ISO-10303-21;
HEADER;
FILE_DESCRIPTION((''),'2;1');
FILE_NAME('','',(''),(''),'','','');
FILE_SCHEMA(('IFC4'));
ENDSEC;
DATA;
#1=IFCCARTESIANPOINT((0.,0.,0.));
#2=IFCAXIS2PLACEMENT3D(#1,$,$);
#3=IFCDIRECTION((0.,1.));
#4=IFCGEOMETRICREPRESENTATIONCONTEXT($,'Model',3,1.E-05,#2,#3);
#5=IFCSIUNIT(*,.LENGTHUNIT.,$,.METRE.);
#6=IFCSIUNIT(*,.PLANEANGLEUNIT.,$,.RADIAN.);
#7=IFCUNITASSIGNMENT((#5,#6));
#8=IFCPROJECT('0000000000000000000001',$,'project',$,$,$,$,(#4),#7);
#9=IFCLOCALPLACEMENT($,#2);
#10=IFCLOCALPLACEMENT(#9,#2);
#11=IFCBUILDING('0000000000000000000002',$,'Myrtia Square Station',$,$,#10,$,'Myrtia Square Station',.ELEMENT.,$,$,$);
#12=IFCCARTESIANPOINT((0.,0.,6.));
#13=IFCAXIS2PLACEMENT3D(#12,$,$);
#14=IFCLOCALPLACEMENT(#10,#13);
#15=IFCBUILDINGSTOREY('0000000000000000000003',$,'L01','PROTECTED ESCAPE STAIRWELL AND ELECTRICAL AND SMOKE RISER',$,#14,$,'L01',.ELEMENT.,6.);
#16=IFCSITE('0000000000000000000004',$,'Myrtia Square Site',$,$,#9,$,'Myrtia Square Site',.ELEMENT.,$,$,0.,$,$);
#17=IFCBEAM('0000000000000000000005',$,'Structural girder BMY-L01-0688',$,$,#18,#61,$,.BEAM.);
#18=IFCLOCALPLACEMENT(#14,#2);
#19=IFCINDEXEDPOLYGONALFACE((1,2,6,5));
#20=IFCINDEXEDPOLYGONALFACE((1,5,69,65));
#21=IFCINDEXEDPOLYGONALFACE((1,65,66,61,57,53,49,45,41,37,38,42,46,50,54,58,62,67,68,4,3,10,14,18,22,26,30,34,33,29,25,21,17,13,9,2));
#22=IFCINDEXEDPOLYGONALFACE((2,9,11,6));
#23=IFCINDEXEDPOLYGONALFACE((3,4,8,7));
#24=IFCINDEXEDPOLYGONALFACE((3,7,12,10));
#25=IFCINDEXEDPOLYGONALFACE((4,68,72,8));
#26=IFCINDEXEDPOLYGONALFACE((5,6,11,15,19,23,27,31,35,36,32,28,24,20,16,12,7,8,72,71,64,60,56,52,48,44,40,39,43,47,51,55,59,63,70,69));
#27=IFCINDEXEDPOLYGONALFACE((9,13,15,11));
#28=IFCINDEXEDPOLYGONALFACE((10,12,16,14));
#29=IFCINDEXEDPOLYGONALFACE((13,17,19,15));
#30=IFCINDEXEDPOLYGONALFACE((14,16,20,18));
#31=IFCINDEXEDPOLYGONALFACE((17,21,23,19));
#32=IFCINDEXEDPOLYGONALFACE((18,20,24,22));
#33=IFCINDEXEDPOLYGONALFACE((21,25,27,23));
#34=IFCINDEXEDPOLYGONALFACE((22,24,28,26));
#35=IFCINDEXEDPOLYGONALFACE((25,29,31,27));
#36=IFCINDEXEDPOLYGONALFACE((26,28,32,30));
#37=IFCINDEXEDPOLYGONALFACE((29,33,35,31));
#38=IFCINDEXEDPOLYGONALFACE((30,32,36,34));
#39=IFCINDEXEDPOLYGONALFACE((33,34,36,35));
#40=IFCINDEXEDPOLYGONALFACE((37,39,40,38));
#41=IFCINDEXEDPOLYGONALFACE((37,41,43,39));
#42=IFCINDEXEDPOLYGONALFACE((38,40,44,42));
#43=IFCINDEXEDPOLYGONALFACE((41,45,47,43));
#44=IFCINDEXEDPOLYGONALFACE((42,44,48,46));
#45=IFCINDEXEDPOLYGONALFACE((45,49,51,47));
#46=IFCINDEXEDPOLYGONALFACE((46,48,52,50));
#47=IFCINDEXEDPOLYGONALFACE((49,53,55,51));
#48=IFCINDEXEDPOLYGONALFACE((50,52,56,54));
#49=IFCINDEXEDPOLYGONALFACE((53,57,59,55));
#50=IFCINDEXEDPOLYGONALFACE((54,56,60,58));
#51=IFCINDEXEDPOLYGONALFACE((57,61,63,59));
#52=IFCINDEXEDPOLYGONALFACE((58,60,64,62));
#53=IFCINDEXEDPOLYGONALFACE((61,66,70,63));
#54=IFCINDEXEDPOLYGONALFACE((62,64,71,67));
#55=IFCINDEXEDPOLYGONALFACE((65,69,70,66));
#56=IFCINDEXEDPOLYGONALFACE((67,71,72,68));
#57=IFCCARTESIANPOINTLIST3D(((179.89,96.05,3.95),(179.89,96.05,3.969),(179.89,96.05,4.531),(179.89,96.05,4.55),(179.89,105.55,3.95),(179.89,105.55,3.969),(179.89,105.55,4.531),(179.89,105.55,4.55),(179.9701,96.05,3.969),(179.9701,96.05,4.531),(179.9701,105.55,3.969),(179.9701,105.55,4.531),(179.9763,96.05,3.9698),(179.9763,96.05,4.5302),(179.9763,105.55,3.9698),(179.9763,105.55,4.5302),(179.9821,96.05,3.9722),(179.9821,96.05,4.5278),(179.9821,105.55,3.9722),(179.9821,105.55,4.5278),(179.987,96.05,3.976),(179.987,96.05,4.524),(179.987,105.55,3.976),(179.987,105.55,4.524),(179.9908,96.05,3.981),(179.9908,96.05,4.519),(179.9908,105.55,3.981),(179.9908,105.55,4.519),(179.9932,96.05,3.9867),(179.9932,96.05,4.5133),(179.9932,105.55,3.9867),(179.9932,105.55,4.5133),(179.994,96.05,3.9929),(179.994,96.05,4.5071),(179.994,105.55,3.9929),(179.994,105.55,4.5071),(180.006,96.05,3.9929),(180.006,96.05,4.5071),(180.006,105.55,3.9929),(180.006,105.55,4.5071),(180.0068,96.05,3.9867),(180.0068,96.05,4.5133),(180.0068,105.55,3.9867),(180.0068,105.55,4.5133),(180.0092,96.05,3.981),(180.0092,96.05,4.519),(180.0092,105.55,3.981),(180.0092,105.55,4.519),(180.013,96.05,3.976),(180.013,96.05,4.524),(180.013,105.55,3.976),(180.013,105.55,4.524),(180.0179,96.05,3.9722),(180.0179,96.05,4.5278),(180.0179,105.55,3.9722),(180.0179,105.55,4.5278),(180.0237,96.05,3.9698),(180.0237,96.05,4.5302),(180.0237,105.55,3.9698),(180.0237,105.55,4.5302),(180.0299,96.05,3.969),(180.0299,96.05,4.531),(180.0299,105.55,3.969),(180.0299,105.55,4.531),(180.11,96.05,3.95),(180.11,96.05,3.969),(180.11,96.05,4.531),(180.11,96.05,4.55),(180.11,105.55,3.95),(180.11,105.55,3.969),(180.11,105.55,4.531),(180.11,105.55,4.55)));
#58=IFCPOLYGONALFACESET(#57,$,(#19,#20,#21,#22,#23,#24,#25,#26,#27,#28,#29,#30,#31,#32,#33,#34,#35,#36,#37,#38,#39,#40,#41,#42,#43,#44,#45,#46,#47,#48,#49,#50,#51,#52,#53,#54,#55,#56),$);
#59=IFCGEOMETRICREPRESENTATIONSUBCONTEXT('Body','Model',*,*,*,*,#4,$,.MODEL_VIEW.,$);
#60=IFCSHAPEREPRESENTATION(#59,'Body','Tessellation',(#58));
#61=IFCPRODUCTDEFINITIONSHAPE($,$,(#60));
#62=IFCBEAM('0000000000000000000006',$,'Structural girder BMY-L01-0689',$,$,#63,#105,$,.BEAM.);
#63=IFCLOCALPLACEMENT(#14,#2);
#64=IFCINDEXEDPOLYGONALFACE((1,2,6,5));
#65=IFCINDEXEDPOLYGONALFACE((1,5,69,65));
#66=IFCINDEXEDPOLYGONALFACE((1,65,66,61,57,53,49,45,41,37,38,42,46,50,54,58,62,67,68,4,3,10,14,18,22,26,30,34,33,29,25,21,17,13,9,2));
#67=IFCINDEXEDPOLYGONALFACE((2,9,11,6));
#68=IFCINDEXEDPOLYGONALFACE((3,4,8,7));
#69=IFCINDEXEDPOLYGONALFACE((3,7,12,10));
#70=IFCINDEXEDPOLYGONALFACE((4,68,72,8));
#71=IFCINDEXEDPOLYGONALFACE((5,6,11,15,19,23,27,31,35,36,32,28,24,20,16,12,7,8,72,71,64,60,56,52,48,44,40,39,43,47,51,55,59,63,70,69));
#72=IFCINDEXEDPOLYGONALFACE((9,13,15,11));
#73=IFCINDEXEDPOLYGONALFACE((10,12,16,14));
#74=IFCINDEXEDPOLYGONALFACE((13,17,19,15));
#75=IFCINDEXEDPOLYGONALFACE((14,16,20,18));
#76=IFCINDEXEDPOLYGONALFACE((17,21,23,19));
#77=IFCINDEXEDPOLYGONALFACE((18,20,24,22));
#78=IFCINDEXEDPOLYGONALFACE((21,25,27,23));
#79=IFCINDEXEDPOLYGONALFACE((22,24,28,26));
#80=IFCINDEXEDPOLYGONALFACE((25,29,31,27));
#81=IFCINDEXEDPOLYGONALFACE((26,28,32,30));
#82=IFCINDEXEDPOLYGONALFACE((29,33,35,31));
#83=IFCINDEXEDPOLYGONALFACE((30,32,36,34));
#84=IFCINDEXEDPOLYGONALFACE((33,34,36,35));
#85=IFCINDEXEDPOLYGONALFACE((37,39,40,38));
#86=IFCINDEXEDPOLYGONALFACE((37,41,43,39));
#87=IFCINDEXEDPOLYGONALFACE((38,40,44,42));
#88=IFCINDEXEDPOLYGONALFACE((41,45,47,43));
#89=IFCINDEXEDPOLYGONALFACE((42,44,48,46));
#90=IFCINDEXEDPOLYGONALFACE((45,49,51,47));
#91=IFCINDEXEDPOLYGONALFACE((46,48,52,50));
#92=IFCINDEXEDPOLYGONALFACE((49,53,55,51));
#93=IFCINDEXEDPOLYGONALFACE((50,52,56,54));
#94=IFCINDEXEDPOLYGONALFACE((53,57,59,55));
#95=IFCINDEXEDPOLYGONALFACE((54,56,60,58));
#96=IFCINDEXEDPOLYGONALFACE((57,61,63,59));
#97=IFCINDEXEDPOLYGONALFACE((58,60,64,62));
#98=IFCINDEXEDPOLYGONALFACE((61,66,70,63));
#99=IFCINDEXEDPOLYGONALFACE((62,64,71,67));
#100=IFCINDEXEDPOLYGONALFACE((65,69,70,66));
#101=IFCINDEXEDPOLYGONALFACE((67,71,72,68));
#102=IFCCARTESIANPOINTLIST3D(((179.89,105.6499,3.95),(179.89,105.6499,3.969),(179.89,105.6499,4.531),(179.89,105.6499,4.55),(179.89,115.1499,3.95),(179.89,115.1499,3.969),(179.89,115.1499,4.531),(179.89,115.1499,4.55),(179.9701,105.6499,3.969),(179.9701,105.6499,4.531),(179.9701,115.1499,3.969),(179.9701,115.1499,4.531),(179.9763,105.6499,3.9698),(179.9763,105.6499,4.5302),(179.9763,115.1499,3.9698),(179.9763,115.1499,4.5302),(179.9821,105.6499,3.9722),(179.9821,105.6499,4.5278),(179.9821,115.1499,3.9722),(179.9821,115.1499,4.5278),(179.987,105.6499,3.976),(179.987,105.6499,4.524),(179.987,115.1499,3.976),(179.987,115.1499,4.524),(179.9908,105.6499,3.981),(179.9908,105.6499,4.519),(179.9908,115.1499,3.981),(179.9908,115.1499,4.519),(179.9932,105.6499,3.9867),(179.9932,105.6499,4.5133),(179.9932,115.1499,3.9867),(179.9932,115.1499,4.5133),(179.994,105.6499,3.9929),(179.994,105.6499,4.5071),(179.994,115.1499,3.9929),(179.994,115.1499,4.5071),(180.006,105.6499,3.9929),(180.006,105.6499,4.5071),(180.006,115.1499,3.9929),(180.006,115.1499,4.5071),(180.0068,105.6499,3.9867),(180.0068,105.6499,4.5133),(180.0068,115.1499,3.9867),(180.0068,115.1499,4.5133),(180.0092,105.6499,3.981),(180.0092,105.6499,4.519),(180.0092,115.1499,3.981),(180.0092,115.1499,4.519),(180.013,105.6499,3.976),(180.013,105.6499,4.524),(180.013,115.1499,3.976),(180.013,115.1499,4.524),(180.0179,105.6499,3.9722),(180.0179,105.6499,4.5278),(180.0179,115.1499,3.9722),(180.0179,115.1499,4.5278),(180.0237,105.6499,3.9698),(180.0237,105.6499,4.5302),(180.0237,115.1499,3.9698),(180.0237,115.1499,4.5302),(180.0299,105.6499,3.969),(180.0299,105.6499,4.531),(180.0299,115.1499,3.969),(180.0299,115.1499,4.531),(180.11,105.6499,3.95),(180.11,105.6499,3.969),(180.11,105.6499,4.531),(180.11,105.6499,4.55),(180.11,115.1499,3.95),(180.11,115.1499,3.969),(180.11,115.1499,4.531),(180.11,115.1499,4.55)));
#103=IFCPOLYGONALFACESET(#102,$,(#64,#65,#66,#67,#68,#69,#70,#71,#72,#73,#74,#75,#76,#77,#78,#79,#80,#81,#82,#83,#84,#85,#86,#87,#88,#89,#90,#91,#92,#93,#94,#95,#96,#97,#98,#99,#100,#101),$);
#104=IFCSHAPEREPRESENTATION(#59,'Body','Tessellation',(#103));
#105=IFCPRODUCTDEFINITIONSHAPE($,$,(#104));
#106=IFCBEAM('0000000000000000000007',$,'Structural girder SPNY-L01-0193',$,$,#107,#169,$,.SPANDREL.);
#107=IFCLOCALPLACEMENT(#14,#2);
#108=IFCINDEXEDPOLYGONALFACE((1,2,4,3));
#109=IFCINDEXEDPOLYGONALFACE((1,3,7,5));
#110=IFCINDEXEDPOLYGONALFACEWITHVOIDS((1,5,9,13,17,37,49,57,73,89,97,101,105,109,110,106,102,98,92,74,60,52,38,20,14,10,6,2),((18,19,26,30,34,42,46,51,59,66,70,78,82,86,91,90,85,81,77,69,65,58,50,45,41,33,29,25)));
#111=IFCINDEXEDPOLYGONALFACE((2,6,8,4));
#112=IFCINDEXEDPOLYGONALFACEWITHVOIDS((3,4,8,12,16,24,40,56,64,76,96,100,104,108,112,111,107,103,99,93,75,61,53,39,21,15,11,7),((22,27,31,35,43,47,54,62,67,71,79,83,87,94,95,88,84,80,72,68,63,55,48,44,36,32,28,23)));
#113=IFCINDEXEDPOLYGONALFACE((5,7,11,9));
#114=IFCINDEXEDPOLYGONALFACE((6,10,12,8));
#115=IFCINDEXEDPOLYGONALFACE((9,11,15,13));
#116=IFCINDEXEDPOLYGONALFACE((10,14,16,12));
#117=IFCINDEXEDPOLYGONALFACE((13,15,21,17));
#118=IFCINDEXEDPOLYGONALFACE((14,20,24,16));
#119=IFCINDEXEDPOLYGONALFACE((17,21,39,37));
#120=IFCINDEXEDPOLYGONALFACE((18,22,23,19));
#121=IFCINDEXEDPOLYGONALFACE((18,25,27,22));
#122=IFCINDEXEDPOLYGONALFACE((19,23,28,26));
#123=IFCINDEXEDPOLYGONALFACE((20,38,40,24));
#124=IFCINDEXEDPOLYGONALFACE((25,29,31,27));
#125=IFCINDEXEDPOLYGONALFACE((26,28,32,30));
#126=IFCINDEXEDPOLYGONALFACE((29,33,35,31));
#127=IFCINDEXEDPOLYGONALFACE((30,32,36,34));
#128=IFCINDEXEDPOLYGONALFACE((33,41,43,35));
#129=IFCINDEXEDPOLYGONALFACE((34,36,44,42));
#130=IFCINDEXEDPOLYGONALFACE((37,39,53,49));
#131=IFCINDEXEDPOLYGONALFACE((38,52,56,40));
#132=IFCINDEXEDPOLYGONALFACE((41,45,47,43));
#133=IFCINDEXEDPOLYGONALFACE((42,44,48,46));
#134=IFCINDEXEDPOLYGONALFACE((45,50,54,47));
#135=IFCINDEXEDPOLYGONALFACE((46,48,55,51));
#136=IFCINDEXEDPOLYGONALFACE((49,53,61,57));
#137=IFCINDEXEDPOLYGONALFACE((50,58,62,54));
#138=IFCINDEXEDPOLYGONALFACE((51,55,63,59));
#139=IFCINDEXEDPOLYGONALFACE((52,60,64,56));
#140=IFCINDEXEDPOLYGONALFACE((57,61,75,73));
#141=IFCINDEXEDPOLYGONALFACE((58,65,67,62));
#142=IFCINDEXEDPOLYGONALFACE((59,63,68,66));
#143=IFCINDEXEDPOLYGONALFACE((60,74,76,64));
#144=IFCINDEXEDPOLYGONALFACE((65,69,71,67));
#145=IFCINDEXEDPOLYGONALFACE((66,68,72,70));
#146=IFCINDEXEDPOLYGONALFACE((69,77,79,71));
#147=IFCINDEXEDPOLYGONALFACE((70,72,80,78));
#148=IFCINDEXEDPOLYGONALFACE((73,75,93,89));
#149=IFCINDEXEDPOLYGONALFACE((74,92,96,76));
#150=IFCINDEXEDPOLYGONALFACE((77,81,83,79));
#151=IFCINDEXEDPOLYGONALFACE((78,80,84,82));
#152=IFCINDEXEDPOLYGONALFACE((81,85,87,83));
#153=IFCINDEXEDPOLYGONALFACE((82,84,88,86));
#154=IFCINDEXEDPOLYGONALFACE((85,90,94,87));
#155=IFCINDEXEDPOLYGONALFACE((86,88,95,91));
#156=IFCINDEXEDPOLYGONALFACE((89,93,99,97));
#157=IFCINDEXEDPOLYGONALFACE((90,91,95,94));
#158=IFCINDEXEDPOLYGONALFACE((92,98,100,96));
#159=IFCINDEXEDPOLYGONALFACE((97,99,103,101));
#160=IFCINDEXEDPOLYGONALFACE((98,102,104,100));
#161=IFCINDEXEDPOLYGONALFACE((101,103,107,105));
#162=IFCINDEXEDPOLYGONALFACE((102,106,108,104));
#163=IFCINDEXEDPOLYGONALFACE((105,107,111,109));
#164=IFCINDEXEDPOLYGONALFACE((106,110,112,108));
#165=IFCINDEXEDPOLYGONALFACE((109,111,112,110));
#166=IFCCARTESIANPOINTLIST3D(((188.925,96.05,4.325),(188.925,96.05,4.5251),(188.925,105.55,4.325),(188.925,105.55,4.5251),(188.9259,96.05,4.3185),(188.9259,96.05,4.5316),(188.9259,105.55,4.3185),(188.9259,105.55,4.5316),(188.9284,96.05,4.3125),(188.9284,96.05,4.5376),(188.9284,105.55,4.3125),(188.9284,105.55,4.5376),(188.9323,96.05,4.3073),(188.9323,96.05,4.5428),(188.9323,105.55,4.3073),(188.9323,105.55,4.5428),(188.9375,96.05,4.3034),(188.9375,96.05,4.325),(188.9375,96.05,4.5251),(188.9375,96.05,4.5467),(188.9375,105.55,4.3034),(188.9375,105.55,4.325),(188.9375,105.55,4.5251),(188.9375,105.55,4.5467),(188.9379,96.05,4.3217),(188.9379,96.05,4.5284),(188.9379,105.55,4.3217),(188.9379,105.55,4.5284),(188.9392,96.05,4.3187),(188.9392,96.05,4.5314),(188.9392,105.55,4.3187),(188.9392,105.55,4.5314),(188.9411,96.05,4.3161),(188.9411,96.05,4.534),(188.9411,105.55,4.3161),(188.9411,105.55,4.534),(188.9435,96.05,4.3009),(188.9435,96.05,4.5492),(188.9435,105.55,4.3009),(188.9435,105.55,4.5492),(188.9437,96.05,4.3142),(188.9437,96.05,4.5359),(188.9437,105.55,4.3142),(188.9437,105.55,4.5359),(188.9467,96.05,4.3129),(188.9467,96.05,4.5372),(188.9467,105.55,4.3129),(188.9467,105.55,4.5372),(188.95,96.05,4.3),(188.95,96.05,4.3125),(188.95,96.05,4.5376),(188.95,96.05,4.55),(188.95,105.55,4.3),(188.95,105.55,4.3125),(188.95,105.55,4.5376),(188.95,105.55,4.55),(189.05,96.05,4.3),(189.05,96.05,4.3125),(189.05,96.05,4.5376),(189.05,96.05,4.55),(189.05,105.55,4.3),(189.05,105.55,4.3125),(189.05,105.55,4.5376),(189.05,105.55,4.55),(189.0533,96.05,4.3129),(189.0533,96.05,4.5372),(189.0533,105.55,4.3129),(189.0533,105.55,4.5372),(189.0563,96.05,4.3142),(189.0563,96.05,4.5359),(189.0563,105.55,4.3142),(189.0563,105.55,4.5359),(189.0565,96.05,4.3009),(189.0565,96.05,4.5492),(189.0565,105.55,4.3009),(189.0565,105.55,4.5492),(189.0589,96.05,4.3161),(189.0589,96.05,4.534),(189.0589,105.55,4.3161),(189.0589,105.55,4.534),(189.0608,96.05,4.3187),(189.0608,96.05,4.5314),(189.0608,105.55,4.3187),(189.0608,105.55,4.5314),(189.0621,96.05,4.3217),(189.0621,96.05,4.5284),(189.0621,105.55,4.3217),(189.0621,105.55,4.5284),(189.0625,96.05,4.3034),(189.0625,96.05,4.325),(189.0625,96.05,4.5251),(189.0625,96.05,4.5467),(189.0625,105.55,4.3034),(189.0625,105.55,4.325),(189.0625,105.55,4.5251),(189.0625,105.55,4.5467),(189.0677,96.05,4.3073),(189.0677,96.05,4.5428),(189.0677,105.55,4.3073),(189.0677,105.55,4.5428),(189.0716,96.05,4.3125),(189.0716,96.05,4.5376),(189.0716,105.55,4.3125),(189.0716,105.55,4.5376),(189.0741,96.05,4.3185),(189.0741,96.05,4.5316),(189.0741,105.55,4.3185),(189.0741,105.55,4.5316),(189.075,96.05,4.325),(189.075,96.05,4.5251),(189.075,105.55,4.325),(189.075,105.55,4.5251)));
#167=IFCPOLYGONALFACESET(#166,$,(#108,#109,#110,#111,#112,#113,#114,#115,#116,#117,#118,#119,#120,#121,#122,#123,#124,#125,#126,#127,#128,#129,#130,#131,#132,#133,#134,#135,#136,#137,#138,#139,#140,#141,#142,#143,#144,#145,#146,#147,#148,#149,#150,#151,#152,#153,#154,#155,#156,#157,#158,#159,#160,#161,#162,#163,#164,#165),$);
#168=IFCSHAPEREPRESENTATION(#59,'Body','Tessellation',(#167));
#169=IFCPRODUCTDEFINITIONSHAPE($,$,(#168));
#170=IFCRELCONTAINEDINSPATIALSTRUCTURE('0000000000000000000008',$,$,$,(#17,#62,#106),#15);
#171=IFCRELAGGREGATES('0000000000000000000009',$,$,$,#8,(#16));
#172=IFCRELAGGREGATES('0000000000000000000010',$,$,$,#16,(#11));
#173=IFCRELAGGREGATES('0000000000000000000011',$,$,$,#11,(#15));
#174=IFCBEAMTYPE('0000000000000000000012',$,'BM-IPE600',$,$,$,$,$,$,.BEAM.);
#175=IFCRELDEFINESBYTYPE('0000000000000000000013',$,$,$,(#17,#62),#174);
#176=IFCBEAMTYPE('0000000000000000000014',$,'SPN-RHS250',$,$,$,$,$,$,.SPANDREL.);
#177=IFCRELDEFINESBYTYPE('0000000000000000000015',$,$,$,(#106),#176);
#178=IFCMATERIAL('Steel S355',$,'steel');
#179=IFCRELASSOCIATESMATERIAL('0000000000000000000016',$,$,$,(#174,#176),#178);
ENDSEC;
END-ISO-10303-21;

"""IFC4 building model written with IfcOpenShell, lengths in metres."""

from ifc_helpers import new_model, si_unit, direction, frame, origin, origin_2d, place, context, subcontext, project, spatial, hollow_rectangle, i_section, extrude, material, material_profile, profile_set, type_object, element, save


model = new_model("IFC4")

# Units and contexts
model_context = context("Model", 3, precision=1e-05, world=origin(), true_north=direction((0.0, 1.0)))
body_context = subcontext(model_context, "Body", "Model", "MODEL_VIEW")
ifc_project = project(units=[si_unit("LENGTHUNIT", "METRE"), si_unit("PLANEANGLEUNIT", "RADIAN")], contexts=[model_context])

# Site, building, storey
site_placement = place(None, origin())
site = spatial("IfcSite", under=ifc_project, at=site_placement, Name="Myrtia Square Site", LongName="Myrtia Square Site", CompositionType="ELEMENT", RefElevation=0.0)
building_placement = place(site_placement, origin())
building = spatial("IfcBuilding", under=site, at=building_placement, Name="Myrtia Square Station", LongName="Myrtia Square Station", CompositionType="ELEMENT")
storey_placement = place(building_placement, frame((0.0, 0.0, 6.0)))
storey = spatial("IfcBuildingStorey", under=building, at=storey_placement, Name="L01", Description="PROTECTED ESCAPE STAIRWELL AND ELECTRICAL AND SMOKE RISER", LongName="L01", CompositionType="ELEMENT", Elevation=6.0)

# Shared definitions
ifc_material_1 = material(Name="Steel S355", Category="steel")

# Beams
ifc_material_profile_1 = material_profile(ifc_material_1, i_section(OverallWidth=0.22, OverallDepth=0.6001, WebThickness=0.012, FlangeThickness=0.019, FilletRadius=0.0239, at=origin_2d()), Name="IPE 600")
ifc_profile_set_1 = profile_set([ifc_material_profile_1], Name="Steel S355")
beam_type_1 = type_object("IfcBeamType", Name="BM-IPE600", PredefinedType="BEAM", material=ifc_profile_set_1)
for number, where, z_axis, x_axis, name in (
    (1, (180.0, 96.05, 4.25), (0.0, 1.0, 0.0), (-1.0, 0.0, 0.0), "Structural girder BMY-L01-0688"),
    (2, (180.0, 105.6499, 4.25), (0.0, 1.0, 0.0), (-1.0, 0.0, 0.0), "Structural girder BMY-L01-0689"),
):
    element("IfcBeam", number, at=place(storey_placement, frame(where, z_axis=z_axis, x_axis=x_axis)), inside=storey, type_object=beam_type_1, Name=name, PredefinedType="BEAM", context=body_context, shape_type="SweptSolid", body=[
        extrude(i_section(OverallWidth=0.22, OverallDepth=0.6001, WebThickness=0.012, FlangeThickness=0.019, FilletRadius=0.0239, at=origin_2d()), origin(), (0.0, 0.0, 1.0), 9.5),
    ])
ifc_material_profile_2 = material_profile(ifc_material_1, hollow_rectangle(XDim=0.1499, YDim=0.25, WallThickness=0.0125, InnerFilletRadius=0.0125, OuterFilletRadius=0.0249, at=origin_2d()), Name="RHS 250x150x12.5")
ifc_profile_set_2 = profile_set([ifc_material_profile_2], Name="Steel S355")
beam_type_2 = type_object("IfcBeamType", Name="SPN-RHS250", PredefinedType="SPANDREL", material=ifc_profile_set_2)
for number, where, z_axis, x_axis, name in (
    (3, (189.0, 96.05, 4.425), (0.0, 1.0, 0.0), (-1.0, 0.0, 0.0), "Structural girder SPNY-L01-0193"),
):
    element("IfcBeam", number, at=place(storey_placement, frame(where, z_axis=z_axis, x_axis=x_axis)), inside=storey, type_object=beam_type_2, Name=name, PredefinedType="SPANDREL", context=body_context, shape_type="SweptSolid", body=[
        extrude(hollow_rectangle(XDim=0.1499, YDim=0.25, WallThickness=0.0125, InnerFilletRadius=0.0125, OuterFilletRadius=0.0249, at=origin_2d()), origin(), (0.0, 0.0, 1.0), 9.5),
    ])

save(model, "model.ifc")
